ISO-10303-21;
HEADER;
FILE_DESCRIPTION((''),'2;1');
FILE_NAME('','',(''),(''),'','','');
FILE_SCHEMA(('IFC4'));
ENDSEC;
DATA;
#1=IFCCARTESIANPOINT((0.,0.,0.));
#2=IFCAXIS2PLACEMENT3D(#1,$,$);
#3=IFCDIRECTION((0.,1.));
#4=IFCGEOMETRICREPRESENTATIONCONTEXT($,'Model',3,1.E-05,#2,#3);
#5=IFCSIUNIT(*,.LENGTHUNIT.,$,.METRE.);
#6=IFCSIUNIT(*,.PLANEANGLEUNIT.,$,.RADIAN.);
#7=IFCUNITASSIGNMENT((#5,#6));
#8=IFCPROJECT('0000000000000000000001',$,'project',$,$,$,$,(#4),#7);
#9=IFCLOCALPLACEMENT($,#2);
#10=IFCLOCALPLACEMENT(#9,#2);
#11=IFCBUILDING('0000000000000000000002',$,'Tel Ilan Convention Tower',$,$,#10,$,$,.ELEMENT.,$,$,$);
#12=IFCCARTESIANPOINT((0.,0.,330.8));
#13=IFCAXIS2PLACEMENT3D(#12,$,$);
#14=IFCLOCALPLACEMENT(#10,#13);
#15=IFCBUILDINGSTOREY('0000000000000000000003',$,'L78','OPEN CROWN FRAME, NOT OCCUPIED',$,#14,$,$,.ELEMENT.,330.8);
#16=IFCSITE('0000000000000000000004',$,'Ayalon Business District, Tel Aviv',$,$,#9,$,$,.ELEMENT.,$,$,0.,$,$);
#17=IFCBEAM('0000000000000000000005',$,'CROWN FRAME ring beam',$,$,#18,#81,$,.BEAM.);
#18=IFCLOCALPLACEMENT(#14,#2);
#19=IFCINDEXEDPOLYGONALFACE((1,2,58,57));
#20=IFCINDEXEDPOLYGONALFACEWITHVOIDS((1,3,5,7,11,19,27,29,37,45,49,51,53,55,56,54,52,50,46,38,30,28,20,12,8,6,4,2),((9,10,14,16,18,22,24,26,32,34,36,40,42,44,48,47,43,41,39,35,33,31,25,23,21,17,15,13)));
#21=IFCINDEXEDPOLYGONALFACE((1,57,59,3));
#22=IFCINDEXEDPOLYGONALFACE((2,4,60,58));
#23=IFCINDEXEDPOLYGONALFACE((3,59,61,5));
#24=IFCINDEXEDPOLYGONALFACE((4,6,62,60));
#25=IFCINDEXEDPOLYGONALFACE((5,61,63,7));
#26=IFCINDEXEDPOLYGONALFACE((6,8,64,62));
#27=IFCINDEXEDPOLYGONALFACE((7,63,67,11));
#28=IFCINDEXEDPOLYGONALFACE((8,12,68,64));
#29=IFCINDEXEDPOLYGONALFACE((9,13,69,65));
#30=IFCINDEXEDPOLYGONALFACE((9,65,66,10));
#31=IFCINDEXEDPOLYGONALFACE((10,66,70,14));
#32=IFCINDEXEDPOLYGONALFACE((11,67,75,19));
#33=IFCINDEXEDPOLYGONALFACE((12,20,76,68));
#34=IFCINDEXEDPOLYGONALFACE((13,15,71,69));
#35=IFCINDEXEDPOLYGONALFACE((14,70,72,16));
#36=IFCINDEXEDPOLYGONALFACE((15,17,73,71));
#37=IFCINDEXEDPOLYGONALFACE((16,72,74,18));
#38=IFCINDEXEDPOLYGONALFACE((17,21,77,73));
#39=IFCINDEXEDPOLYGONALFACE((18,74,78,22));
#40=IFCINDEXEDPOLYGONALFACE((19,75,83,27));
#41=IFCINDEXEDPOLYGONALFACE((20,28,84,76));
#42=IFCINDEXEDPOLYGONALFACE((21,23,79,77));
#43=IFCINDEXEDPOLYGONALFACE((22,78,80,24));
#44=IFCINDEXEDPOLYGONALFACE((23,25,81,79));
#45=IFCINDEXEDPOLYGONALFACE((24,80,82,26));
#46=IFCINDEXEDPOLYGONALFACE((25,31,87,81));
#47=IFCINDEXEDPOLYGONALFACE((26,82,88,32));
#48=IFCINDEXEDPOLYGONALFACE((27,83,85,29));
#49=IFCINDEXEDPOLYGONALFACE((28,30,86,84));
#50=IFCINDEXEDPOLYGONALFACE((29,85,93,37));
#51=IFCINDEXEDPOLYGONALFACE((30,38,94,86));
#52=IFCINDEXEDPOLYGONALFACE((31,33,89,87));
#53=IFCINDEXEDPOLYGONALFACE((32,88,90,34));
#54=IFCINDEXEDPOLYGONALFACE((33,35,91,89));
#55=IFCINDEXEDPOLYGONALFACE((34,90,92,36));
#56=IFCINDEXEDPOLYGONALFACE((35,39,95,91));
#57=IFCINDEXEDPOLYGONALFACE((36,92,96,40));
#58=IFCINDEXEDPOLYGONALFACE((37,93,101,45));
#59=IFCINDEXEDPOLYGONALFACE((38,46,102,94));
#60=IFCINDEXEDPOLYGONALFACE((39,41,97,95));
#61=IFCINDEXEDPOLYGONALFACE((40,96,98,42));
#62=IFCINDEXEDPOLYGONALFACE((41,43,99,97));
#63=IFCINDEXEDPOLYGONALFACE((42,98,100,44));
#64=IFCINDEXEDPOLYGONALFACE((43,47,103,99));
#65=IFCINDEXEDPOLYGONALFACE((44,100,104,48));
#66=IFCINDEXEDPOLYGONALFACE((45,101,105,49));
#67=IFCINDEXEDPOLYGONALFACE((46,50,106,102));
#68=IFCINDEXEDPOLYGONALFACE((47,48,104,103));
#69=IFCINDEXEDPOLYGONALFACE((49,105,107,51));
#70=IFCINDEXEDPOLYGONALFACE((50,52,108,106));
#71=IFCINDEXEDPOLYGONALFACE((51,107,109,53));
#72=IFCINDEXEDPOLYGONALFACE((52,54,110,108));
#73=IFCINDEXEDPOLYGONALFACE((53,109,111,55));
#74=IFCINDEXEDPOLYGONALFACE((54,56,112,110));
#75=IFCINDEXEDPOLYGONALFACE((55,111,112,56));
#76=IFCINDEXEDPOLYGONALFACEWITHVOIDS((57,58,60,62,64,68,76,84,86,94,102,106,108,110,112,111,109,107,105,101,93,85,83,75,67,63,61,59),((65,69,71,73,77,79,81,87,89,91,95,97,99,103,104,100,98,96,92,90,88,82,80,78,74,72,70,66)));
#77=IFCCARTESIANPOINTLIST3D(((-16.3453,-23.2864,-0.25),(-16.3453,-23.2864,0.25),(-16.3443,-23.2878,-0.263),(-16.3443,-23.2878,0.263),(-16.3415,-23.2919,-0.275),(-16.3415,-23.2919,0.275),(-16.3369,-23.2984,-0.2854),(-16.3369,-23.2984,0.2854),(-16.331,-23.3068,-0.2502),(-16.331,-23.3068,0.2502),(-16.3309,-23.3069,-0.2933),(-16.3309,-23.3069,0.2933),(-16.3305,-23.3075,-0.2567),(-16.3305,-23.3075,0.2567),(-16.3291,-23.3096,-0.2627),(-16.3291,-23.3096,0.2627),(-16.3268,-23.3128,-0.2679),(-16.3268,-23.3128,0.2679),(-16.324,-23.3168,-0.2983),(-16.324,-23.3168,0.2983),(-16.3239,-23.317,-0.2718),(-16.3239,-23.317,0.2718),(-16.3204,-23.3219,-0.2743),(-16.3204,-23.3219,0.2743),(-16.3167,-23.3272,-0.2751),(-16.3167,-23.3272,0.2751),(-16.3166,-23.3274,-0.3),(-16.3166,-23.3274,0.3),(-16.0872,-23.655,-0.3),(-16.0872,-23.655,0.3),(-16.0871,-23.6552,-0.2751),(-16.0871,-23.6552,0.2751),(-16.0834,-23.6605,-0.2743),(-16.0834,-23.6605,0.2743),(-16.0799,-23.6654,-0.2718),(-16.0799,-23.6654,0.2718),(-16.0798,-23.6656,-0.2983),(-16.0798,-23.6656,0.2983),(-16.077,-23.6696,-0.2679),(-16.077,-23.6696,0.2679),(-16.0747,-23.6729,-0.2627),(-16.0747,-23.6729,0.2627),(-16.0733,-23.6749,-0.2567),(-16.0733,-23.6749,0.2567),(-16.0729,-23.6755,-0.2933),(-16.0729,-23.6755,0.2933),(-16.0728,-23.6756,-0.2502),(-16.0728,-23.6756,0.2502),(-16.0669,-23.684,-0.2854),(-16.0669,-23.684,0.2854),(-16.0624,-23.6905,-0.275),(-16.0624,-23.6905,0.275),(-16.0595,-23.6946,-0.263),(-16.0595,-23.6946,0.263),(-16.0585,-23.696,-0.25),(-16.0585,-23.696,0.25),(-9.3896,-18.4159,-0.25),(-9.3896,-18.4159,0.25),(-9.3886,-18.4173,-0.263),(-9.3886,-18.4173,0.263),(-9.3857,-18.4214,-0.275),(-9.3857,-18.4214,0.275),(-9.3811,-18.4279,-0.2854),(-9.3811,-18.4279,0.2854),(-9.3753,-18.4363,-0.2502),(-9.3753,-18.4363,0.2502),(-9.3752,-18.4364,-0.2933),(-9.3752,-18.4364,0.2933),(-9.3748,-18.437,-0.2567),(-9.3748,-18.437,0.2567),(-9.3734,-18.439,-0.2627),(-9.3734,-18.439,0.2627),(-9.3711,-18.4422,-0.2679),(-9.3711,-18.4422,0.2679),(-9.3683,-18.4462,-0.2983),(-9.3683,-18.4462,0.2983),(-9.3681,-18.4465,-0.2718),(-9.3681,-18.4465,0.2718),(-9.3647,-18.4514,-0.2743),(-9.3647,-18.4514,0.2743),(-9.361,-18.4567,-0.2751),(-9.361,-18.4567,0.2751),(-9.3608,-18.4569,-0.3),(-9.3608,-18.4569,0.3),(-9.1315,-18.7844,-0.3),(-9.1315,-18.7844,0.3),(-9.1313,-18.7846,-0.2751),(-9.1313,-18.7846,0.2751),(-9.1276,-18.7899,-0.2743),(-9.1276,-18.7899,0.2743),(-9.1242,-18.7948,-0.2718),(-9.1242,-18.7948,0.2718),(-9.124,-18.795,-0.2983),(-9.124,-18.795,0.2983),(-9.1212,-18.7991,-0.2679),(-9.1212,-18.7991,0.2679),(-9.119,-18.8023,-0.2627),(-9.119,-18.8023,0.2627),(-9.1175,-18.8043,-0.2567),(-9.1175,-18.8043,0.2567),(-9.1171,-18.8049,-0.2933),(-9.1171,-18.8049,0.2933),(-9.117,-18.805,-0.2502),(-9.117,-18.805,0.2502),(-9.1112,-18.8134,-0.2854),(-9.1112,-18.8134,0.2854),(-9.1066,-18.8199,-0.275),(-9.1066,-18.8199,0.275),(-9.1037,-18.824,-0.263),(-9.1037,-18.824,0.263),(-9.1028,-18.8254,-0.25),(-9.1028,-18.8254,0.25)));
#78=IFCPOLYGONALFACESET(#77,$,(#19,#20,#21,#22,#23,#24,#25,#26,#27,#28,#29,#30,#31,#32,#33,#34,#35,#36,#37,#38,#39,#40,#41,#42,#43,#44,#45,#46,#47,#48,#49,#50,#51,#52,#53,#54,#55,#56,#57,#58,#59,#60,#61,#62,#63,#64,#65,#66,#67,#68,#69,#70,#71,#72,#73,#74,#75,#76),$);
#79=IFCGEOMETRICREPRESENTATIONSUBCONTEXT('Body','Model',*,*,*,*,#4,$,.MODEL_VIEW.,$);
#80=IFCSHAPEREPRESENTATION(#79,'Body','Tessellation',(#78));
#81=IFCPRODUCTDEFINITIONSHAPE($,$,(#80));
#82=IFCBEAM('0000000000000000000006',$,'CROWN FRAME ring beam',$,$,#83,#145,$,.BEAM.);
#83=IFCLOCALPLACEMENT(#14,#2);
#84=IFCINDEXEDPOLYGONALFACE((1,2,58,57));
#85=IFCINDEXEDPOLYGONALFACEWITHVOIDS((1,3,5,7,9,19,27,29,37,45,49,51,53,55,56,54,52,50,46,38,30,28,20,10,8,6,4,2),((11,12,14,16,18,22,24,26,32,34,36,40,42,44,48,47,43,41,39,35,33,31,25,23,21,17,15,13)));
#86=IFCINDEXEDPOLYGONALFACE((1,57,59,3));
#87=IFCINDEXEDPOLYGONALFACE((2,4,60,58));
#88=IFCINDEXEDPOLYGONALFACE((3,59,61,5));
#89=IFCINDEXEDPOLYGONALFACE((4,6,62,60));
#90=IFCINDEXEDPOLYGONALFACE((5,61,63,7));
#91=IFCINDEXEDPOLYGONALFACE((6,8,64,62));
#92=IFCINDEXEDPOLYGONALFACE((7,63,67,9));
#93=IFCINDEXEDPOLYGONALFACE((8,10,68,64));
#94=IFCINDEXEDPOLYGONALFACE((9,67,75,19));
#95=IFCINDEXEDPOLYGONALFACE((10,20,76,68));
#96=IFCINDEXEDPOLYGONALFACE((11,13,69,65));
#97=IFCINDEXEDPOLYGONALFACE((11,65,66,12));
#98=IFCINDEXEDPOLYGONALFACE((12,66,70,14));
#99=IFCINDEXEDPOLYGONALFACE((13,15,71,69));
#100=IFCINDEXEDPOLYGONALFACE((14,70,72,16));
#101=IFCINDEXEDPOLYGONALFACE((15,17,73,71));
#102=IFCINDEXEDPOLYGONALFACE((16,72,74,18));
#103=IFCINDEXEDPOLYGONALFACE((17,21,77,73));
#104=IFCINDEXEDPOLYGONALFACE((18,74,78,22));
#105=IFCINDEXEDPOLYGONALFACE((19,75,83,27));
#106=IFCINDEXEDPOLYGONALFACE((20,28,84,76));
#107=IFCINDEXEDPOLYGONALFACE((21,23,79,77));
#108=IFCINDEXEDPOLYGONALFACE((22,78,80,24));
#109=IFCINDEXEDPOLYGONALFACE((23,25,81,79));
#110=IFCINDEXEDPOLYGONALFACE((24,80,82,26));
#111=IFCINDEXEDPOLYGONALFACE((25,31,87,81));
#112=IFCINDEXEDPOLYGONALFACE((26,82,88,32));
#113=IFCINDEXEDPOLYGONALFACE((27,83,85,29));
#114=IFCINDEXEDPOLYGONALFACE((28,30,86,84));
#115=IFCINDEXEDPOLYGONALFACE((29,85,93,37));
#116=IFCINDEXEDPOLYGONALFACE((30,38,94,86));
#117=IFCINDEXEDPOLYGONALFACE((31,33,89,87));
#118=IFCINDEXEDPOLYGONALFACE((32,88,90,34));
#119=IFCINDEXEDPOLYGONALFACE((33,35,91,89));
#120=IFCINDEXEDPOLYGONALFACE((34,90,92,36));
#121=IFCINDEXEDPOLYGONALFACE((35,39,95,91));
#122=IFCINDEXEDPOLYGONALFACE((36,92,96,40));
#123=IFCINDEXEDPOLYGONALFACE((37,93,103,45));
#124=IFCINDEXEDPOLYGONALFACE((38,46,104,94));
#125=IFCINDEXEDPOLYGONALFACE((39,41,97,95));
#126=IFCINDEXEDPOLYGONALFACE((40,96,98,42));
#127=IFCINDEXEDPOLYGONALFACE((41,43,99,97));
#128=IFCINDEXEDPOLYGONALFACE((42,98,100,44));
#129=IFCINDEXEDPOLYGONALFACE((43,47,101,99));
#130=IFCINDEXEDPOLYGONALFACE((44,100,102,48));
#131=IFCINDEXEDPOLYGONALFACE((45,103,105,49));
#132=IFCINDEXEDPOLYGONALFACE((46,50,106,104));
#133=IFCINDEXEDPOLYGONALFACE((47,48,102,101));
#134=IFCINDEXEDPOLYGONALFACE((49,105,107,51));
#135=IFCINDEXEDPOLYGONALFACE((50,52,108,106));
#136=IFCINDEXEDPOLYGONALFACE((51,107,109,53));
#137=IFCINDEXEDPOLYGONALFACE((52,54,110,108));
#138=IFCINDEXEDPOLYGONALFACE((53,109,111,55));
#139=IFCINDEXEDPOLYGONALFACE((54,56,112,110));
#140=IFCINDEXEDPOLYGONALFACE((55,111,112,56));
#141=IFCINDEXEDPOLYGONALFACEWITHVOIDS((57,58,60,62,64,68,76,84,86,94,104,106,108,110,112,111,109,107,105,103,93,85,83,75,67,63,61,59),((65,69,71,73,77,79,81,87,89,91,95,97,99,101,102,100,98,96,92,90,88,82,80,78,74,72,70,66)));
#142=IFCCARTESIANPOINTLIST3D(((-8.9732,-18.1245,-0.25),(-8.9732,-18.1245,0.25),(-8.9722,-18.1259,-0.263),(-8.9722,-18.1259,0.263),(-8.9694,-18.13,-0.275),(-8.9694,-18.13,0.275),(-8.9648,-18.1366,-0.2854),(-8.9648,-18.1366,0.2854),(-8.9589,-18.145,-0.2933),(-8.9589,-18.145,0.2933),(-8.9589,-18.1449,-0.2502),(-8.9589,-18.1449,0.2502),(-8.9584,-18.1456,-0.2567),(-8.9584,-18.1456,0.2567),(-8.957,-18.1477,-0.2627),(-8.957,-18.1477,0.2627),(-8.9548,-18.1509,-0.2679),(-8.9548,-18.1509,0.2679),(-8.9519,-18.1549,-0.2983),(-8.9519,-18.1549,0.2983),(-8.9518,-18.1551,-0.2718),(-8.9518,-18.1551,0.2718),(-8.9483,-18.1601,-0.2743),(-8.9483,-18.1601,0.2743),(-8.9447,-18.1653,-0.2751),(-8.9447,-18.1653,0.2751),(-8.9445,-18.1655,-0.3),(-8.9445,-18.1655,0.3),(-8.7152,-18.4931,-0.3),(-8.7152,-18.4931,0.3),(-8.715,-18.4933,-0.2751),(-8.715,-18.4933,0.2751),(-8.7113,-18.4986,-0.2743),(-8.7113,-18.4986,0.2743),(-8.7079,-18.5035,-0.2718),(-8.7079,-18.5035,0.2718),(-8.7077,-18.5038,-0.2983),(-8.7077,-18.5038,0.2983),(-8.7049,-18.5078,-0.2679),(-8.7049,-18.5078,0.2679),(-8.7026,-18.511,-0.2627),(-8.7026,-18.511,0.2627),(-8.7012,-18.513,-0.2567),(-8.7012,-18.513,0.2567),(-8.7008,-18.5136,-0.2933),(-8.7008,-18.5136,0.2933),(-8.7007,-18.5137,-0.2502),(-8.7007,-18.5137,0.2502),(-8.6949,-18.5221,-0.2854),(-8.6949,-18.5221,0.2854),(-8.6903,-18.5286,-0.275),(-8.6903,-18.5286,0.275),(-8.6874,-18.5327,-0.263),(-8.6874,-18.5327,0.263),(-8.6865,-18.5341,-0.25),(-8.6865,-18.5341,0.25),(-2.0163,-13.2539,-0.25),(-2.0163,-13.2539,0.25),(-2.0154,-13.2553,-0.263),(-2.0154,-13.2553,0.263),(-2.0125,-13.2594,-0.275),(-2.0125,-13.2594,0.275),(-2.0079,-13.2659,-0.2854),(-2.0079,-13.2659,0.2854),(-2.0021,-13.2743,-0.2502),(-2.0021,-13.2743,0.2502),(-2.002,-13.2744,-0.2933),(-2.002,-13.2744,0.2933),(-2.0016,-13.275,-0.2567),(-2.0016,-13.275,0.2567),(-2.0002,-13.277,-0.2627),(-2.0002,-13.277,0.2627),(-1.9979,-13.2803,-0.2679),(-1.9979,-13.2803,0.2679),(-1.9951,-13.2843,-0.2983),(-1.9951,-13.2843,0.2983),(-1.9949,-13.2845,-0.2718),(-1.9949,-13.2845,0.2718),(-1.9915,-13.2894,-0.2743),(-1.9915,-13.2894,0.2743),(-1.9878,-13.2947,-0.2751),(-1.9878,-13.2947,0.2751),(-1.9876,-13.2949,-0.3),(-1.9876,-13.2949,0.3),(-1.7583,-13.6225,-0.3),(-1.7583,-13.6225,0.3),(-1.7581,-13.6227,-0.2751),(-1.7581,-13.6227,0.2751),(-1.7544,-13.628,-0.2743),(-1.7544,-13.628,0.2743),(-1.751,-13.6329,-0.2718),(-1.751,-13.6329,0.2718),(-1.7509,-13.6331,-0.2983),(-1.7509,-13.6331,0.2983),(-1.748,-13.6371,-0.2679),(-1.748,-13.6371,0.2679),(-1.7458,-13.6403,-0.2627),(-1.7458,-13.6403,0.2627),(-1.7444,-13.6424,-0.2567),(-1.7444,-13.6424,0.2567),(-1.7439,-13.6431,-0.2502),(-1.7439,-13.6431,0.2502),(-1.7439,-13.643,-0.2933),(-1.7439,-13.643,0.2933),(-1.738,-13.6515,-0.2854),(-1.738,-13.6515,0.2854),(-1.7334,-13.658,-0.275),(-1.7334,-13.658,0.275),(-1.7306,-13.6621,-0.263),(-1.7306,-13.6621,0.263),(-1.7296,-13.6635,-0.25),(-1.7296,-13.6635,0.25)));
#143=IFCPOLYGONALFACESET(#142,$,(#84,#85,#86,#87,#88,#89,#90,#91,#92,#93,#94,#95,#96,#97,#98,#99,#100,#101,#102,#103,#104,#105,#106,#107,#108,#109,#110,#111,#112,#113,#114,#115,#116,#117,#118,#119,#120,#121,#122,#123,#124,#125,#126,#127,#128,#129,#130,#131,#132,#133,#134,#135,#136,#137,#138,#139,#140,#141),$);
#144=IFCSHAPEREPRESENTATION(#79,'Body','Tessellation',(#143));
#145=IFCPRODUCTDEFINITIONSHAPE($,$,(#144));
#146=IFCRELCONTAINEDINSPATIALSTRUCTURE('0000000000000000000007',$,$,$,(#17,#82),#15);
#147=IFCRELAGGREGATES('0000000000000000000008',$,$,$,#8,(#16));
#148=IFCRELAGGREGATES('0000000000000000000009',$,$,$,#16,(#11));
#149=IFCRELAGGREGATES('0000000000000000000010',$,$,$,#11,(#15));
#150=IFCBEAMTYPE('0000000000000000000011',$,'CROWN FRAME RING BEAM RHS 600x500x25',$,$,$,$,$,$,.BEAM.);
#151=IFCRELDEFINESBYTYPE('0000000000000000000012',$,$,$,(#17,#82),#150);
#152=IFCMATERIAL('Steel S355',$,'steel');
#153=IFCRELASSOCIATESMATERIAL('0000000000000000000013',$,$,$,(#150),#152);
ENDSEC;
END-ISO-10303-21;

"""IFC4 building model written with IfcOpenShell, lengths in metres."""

from ifc_helpers import new_model, si_unit, direction, frame, origin, origin_2d, place, context, subcontext, project, spatial, hollow_rectangle, extrude, material, material_profile, profile_set, type_object, element, save


model = new_model("IFC4")

# Units and contexts
model_context = context("Model", 3, precision=1e-05, world=origin(), true_north=direction((0.0, 1.0)))
body_context = subcontext(model_context, "Body", "Model", "MODEL_VIEW")
ifc_project = project(units=[si_unit("LENGTHUNIT", "METRE"), si_unit("PLANEANGLEUNIT", "RADIAN")], contexts=[model_context])

# Site, building, storey
site_placement = place(None, origin())
site = spatial("IfcSite", under=ifc_project, at=site_placement, Name="Ayalon Business District, Tel Aviv", CompositionType="ELEMENT", RefElevation=0.0)
building_placement = place(site_placement, origin())
building = spatial("IfcBuilding", under=site, at=building_placement, Name="Tel Ilan Convention Tower", CompositionType="ELEMENT")
storey_placement = place(building_placement, frame((0.0, 0.0, 330.8)))
storey = spatial("IfcBuildingStorey", under=building, at=storey_placement, Name="L78", Description="OPEN CROWN FRAME, NOT OCCUPIED", CompositionType="ELEMENT", Elevation=330.8)

# Beams
ifc_material_1 = material(Name="Steel S355", Category="steel")
ifc_material_profile_1 = material_profile(ifc_material_1, hollow_rectangle(XDim=0.5, YDim=0.6001, WallThickness=0.0249, InnerFilletRadius=0.0249, OuterFilletRadius=0.05, at=origin_2d()), Name="RHS 600x500x25")
ifc_profile_set_1 = profile_set([ifc_material_profile_1], Name="Steel S355")
beam_type = type_object("IfcBeamType", Name="CROWN FRAME RING BEAM RHS 600x500x25", PredefinedType="BEAM", material=ifc_profile_set_1)
beam_1_placement = place(storey_placement, frame((-16.2019, -23.4912, 0.0), z_axis=(0.819147, 0.573584, 0.0), x_axis=(-0.573584, 0.819147, 0.0)))
element("IfcBeam", 1, at=beam_1_placement, inside=storey, type_object=beam_type, Name="CROWN FRAME ring beam", PredefinedType="BEAM", context=body_context, shape_type="SweptSolid", body=[
    extrude(hollow_rectangle(XDim=0.5, YDim=0.6001, WallThickness=0.0249, InnerFilletRadius=0.0249, OuterFilletRadius=0.05, at=origin_2d()), origin(), (0.0, 0.0, 1.0), 8.4915),
])
beam_2_placement = place(storey_placement, frame((-8.8298, -18.3293, 0.0), z_axis=(0.819185, 0.57353, 0.0), x_axis=(-0.57353, 0.819185, 0.0)))
element("IfcBeam", 2, at=beam_2_placement, inside=storey, type_object=beam_type, Name="CROWN FRAME ring beam", PredefinedType="BEAM", context=body_context, shape_type="SweptSolid", body=[
    extrude(hollow_rectangle(XDim=0.5, YDim=0.6001, WallThickness=0.0249, InnerFilletRadius=0.0249, OuterFilletRadius=0.05, at=origin_2d()), origin(), (0.0, 0.0, 1.0), 8.4924),
])

save(model, "model.ifc")
